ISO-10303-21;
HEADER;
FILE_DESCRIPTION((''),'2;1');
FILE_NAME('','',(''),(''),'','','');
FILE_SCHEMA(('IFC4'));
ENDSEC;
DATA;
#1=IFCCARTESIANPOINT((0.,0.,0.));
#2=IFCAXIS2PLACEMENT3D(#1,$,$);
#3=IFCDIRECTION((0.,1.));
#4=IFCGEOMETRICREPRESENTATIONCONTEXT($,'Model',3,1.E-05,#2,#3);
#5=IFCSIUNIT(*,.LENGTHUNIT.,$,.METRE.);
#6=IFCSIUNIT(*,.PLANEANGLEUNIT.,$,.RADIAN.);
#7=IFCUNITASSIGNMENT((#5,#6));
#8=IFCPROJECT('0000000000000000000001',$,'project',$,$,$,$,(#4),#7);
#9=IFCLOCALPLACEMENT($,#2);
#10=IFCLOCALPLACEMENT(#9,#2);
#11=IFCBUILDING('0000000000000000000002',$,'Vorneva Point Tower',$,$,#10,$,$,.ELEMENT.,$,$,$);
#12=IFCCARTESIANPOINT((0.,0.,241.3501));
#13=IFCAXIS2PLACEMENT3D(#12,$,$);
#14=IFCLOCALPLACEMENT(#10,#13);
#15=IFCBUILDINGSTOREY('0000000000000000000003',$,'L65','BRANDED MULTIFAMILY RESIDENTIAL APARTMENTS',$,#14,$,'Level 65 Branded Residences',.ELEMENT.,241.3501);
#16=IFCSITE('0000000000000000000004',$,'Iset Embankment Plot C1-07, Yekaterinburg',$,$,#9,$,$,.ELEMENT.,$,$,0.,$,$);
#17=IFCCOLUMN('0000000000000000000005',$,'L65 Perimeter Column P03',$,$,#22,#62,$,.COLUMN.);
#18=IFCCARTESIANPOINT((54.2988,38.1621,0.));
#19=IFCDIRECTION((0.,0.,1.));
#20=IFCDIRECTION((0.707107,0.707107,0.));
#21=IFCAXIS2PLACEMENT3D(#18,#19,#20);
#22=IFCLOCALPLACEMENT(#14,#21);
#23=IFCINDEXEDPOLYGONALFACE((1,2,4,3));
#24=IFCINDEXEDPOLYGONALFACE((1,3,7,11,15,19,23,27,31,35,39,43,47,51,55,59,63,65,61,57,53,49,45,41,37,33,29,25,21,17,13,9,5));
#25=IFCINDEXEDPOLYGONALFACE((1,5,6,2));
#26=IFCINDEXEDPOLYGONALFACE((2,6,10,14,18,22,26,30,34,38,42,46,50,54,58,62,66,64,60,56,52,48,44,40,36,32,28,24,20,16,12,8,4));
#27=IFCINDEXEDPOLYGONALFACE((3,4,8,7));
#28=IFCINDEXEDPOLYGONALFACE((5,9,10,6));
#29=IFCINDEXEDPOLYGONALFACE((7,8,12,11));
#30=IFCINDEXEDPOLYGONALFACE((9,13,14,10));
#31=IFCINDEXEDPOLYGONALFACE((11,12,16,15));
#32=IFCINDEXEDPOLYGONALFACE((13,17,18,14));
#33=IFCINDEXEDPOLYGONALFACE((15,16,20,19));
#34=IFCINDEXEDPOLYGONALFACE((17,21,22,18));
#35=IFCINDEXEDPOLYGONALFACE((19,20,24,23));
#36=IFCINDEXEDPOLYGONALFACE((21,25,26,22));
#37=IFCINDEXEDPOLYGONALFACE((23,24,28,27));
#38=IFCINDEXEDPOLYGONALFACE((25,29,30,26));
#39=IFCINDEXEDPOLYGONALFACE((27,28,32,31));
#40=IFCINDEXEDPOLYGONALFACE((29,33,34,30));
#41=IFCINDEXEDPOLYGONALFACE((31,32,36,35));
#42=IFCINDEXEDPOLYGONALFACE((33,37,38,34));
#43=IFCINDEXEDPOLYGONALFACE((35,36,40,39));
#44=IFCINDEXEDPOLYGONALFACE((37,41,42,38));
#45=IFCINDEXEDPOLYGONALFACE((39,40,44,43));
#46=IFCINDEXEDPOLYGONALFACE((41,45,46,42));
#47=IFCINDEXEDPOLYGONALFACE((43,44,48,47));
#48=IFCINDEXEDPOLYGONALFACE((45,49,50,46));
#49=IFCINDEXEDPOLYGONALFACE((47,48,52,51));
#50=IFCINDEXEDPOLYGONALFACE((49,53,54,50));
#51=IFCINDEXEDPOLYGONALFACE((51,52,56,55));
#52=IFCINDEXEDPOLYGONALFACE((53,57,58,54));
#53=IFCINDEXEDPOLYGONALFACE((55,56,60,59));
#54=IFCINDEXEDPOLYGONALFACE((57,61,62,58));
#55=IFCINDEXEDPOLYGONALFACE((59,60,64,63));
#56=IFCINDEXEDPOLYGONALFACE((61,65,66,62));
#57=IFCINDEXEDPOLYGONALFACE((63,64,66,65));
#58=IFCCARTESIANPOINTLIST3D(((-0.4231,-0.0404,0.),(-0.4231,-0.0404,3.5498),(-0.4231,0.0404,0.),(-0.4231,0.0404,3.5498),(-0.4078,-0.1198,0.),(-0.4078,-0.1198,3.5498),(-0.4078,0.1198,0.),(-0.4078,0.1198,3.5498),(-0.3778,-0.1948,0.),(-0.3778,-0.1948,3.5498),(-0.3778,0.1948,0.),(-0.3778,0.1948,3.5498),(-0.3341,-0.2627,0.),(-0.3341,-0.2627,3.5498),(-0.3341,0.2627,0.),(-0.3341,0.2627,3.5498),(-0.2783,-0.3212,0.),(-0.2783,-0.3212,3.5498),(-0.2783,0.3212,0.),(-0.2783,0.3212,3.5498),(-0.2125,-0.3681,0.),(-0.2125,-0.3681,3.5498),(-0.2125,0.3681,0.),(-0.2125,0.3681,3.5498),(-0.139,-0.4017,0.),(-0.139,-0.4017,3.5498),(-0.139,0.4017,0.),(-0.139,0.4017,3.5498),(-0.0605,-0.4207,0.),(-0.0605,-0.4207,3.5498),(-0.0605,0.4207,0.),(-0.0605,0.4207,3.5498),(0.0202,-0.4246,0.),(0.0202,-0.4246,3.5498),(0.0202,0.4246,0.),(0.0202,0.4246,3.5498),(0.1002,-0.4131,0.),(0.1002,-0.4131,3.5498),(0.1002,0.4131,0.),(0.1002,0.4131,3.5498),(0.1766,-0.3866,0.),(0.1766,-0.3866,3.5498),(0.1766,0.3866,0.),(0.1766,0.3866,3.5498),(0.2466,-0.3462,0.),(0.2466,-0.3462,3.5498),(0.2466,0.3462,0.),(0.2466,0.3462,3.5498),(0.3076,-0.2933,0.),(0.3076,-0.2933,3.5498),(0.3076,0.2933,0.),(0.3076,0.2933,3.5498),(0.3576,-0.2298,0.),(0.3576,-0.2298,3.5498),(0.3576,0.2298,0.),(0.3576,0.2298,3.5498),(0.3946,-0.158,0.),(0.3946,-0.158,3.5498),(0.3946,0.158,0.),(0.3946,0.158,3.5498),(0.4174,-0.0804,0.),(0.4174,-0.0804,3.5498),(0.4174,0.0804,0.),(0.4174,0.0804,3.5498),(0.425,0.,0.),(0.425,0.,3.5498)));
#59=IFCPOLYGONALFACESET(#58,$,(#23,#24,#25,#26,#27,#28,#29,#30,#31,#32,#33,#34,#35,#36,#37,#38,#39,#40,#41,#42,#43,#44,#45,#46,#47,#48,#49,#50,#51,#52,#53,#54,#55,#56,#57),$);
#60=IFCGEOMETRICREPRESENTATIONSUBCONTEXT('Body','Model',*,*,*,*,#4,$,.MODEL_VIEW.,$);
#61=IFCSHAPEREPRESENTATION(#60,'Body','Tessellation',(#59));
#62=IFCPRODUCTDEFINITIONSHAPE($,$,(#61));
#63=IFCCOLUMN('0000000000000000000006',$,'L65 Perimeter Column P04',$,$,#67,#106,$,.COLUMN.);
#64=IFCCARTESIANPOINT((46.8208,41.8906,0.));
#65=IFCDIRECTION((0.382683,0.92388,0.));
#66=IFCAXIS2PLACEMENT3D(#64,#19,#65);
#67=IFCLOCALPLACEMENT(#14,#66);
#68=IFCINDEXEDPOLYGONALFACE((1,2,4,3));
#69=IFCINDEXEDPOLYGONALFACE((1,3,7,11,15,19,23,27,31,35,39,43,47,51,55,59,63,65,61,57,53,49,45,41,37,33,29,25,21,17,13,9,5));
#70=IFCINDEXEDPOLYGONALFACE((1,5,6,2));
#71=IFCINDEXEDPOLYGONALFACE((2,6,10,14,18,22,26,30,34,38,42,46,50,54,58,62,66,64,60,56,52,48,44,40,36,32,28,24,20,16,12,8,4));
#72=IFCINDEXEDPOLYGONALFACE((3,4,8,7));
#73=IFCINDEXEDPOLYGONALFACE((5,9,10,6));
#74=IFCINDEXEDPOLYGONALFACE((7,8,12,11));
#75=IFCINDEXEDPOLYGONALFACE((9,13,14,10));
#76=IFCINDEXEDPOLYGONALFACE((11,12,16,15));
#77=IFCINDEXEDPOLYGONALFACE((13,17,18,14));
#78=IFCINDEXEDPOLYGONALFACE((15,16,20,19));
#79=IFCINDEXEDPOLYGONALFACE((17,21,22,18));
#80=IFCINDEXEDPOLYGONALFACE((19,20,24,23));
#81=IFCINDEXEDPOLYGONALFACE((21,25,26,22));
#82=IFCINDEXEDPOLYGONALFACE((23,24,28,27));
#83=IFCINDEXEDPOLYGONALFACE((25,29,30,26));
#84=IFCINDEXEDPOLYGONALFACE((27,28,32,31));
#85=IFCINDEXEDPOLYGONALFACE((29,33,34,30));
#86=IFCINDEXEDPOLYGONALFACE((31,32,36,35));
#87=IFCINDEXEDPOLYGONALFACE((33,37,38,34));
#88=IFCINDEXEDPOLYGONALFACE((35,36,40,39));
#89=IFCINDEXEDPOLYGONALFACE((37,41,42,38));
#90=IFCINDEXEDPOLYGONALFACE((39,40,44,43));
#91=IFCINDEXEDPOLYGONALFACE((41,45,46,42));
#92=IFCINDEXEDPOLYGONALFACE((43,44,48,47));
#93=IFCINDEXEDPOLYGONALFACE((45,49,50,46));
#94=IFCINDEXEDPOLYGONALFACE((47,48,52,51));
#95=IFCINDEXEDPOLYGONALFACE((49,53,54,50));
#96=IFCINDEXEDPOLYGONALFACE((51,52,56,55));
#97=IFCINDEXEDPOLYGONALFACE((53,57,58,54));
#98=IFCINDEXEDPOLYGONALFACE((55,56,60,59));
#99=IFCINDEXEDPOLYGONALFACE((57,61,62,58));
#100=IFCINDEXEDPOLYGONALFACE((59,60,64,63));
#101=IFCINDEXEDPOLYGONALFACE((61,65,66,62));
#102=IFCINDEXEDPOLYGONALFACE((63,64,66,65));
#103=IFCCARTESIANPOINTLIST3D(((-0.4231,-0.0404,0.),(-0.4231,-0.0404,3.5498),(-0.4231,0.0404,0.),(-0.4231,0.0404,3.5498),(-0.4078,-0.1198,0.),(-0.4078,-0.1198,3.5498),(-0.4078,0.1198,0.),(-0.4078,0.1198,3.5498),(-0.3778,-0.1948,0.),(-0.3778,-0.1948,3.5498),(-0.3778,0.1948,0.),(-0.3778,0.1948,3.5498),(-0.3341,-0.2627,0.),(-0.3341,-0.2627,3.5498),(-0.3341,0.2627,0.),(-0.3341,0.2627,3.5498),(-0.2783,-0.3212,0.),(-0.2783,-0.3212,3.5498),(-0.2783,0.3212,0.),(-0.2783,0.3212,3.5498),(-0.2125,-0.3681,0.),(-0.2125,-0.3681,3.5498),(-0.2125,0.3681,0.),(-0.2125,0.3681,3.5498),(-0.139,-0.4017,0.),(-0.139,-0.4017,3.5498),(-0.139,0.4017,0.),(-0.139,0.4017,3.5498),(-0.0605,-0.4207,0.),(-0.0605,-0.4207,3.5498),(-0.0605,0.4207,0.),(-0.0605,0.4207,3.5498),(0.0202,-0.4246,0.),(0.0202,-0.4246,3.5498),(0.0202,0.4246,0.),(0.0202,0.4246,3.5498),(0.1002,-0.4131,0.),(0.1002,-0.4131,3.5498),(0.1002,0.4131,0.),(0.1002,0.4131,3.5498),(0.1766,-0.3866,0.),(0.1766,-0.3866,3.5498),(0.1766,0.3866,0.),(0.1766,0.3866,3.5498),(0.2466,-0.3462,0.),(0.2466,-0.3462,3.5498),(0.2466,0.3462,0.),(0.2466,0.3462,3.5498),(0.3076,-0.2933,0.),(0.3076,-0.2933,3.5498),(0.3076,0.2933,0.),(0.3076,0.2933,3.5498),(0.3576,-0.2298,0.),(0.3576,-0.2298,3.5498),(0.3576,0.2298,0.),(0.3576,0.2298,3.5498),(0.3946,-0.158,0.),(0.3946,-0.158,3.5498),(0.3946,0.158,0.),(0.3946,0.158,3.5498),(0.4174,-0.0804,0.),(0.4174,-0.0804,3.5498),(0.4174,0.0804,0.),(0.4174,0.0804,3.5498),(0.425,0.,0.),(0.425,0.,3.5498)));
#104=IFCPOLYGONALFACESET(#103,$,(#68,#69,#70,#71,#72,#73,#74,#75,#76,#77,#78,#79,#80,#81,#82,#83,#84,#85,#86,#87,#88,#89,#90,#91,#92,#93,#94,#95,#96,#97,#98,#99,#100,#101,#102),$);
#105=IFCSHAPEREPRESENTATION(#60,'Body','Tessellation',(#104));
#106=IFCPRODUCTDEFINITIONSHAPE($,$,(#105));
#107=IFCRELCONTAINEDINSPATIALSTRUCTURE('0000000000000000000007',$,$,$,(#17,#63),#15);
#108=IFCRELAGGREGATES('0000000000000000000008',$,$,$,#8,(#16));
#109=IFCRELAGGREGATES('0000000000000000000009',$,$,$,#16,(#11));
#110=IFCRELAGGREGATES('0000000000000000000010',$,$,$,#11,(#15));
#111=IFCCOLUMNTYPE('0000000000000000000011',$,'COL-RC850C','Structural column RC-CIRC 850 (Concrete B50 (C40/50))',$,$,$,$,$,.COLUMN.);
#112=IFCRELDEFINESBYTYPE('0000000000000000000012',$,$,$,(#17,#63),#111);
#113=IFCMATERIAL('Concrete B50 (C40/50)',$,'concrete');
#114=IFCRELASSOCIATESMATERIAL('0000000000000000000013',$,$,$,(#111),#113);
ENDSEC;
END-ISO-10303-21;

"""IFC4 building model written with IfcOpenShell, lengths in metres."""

from ifc_helpers import new_model, si_unit, direction, frame, origin, origin_2d, place, context, subcontext, project, spatial, circle, extrude, material, material_profile, profile_set, type_object, element, save


model = new_model("IFC4")

# Units and contexts
model_context = context("Model", 3, precision=1e-05, world=origin(), true_north=direction((0.0, 1.0)))
body_context = subcontext(model_context, "Body", "Model", "MODEL_VIEW")
ifc_project = project(units=[si_unit("LENGTHUNIT", "METRE"), si_unit("PLANEANGLEUNIT", "RADIAN")], contexts=[model_context])

# Site, building, storey
site_placement = place(None, origin())
site = spatial("IfcSite", under=ifc_project, at=site_placement, Name="Iset Embankment Plot C1-07, Yekaterinburg", CompositionType="ELEMENT", RefElevation=0.0)
building_placement = place(site_placement, origin())
building = spatial("IfcBuilding", under=site, at=building_placement, Name="Vorneva Point Tower", CompositionType="ELEMENT")
storey_placement = place(building_placement, frame((0.0, 0.0, 241.3501)))
storey = spatial("IfcBuildingStorey", under=building, at=storey_placement, Name="L65", Description="BRANDED MULTIFAMILY RESIDENTIAL APARTMENTS", LongName="Level 65 Branded Residences", CompositionType="ELEMENT", Elevation=241.3501)

# Columns
ifc_material_1 = material(Name="Concrete B50 (C40/50)", Category="concrete")
ifc_material_profile_1 = material_profile(ifc_material_1, circle(Radius=0.425, at=origin_2d()), Name="RC-CIRC 850")
ifc_profile_set_1 = profile_set([ifc_material_profile_1], Name="Concrete B50 (C40/50)")
column_type = type_object("IfcColumnType", Name="COL-RC850C", Description="Structural column RC-CIRC 850 (Concrete B50 (C40/50))", PredefinedType="COLUMN", material=ifc_profile_set_1)
for number, where, z_axis, x_axis, name in (
    (1, (54.2988, 38.1621, 0.0), (0.0, 0.0, 1.0), (0.707107, 0.707107, 0.0), "L65 Perimeter Column P03"),
    (2, (46.8208, 41.8906, 0.0), (0.0, 0.0, 1.0), (0.382683, 0.92388, 0.0), "L65 Perimeter Column P04"),
):
    element("IfcColumn", number, at=place(storey_placement, frame(where, z_axis=z_axis, x_axis=x_axis)), inside=storey, type_object=column_type, Name=name, PredefinedType="COLUMN", context=body_context, shape_type="SweptSolid", body=[
        extrude(circle(Radius=0.425, at=origin_2d()), origin(), (0.0, 0.0, 1.0), 3.5498),
    ])

save(model, "model.ifc")
